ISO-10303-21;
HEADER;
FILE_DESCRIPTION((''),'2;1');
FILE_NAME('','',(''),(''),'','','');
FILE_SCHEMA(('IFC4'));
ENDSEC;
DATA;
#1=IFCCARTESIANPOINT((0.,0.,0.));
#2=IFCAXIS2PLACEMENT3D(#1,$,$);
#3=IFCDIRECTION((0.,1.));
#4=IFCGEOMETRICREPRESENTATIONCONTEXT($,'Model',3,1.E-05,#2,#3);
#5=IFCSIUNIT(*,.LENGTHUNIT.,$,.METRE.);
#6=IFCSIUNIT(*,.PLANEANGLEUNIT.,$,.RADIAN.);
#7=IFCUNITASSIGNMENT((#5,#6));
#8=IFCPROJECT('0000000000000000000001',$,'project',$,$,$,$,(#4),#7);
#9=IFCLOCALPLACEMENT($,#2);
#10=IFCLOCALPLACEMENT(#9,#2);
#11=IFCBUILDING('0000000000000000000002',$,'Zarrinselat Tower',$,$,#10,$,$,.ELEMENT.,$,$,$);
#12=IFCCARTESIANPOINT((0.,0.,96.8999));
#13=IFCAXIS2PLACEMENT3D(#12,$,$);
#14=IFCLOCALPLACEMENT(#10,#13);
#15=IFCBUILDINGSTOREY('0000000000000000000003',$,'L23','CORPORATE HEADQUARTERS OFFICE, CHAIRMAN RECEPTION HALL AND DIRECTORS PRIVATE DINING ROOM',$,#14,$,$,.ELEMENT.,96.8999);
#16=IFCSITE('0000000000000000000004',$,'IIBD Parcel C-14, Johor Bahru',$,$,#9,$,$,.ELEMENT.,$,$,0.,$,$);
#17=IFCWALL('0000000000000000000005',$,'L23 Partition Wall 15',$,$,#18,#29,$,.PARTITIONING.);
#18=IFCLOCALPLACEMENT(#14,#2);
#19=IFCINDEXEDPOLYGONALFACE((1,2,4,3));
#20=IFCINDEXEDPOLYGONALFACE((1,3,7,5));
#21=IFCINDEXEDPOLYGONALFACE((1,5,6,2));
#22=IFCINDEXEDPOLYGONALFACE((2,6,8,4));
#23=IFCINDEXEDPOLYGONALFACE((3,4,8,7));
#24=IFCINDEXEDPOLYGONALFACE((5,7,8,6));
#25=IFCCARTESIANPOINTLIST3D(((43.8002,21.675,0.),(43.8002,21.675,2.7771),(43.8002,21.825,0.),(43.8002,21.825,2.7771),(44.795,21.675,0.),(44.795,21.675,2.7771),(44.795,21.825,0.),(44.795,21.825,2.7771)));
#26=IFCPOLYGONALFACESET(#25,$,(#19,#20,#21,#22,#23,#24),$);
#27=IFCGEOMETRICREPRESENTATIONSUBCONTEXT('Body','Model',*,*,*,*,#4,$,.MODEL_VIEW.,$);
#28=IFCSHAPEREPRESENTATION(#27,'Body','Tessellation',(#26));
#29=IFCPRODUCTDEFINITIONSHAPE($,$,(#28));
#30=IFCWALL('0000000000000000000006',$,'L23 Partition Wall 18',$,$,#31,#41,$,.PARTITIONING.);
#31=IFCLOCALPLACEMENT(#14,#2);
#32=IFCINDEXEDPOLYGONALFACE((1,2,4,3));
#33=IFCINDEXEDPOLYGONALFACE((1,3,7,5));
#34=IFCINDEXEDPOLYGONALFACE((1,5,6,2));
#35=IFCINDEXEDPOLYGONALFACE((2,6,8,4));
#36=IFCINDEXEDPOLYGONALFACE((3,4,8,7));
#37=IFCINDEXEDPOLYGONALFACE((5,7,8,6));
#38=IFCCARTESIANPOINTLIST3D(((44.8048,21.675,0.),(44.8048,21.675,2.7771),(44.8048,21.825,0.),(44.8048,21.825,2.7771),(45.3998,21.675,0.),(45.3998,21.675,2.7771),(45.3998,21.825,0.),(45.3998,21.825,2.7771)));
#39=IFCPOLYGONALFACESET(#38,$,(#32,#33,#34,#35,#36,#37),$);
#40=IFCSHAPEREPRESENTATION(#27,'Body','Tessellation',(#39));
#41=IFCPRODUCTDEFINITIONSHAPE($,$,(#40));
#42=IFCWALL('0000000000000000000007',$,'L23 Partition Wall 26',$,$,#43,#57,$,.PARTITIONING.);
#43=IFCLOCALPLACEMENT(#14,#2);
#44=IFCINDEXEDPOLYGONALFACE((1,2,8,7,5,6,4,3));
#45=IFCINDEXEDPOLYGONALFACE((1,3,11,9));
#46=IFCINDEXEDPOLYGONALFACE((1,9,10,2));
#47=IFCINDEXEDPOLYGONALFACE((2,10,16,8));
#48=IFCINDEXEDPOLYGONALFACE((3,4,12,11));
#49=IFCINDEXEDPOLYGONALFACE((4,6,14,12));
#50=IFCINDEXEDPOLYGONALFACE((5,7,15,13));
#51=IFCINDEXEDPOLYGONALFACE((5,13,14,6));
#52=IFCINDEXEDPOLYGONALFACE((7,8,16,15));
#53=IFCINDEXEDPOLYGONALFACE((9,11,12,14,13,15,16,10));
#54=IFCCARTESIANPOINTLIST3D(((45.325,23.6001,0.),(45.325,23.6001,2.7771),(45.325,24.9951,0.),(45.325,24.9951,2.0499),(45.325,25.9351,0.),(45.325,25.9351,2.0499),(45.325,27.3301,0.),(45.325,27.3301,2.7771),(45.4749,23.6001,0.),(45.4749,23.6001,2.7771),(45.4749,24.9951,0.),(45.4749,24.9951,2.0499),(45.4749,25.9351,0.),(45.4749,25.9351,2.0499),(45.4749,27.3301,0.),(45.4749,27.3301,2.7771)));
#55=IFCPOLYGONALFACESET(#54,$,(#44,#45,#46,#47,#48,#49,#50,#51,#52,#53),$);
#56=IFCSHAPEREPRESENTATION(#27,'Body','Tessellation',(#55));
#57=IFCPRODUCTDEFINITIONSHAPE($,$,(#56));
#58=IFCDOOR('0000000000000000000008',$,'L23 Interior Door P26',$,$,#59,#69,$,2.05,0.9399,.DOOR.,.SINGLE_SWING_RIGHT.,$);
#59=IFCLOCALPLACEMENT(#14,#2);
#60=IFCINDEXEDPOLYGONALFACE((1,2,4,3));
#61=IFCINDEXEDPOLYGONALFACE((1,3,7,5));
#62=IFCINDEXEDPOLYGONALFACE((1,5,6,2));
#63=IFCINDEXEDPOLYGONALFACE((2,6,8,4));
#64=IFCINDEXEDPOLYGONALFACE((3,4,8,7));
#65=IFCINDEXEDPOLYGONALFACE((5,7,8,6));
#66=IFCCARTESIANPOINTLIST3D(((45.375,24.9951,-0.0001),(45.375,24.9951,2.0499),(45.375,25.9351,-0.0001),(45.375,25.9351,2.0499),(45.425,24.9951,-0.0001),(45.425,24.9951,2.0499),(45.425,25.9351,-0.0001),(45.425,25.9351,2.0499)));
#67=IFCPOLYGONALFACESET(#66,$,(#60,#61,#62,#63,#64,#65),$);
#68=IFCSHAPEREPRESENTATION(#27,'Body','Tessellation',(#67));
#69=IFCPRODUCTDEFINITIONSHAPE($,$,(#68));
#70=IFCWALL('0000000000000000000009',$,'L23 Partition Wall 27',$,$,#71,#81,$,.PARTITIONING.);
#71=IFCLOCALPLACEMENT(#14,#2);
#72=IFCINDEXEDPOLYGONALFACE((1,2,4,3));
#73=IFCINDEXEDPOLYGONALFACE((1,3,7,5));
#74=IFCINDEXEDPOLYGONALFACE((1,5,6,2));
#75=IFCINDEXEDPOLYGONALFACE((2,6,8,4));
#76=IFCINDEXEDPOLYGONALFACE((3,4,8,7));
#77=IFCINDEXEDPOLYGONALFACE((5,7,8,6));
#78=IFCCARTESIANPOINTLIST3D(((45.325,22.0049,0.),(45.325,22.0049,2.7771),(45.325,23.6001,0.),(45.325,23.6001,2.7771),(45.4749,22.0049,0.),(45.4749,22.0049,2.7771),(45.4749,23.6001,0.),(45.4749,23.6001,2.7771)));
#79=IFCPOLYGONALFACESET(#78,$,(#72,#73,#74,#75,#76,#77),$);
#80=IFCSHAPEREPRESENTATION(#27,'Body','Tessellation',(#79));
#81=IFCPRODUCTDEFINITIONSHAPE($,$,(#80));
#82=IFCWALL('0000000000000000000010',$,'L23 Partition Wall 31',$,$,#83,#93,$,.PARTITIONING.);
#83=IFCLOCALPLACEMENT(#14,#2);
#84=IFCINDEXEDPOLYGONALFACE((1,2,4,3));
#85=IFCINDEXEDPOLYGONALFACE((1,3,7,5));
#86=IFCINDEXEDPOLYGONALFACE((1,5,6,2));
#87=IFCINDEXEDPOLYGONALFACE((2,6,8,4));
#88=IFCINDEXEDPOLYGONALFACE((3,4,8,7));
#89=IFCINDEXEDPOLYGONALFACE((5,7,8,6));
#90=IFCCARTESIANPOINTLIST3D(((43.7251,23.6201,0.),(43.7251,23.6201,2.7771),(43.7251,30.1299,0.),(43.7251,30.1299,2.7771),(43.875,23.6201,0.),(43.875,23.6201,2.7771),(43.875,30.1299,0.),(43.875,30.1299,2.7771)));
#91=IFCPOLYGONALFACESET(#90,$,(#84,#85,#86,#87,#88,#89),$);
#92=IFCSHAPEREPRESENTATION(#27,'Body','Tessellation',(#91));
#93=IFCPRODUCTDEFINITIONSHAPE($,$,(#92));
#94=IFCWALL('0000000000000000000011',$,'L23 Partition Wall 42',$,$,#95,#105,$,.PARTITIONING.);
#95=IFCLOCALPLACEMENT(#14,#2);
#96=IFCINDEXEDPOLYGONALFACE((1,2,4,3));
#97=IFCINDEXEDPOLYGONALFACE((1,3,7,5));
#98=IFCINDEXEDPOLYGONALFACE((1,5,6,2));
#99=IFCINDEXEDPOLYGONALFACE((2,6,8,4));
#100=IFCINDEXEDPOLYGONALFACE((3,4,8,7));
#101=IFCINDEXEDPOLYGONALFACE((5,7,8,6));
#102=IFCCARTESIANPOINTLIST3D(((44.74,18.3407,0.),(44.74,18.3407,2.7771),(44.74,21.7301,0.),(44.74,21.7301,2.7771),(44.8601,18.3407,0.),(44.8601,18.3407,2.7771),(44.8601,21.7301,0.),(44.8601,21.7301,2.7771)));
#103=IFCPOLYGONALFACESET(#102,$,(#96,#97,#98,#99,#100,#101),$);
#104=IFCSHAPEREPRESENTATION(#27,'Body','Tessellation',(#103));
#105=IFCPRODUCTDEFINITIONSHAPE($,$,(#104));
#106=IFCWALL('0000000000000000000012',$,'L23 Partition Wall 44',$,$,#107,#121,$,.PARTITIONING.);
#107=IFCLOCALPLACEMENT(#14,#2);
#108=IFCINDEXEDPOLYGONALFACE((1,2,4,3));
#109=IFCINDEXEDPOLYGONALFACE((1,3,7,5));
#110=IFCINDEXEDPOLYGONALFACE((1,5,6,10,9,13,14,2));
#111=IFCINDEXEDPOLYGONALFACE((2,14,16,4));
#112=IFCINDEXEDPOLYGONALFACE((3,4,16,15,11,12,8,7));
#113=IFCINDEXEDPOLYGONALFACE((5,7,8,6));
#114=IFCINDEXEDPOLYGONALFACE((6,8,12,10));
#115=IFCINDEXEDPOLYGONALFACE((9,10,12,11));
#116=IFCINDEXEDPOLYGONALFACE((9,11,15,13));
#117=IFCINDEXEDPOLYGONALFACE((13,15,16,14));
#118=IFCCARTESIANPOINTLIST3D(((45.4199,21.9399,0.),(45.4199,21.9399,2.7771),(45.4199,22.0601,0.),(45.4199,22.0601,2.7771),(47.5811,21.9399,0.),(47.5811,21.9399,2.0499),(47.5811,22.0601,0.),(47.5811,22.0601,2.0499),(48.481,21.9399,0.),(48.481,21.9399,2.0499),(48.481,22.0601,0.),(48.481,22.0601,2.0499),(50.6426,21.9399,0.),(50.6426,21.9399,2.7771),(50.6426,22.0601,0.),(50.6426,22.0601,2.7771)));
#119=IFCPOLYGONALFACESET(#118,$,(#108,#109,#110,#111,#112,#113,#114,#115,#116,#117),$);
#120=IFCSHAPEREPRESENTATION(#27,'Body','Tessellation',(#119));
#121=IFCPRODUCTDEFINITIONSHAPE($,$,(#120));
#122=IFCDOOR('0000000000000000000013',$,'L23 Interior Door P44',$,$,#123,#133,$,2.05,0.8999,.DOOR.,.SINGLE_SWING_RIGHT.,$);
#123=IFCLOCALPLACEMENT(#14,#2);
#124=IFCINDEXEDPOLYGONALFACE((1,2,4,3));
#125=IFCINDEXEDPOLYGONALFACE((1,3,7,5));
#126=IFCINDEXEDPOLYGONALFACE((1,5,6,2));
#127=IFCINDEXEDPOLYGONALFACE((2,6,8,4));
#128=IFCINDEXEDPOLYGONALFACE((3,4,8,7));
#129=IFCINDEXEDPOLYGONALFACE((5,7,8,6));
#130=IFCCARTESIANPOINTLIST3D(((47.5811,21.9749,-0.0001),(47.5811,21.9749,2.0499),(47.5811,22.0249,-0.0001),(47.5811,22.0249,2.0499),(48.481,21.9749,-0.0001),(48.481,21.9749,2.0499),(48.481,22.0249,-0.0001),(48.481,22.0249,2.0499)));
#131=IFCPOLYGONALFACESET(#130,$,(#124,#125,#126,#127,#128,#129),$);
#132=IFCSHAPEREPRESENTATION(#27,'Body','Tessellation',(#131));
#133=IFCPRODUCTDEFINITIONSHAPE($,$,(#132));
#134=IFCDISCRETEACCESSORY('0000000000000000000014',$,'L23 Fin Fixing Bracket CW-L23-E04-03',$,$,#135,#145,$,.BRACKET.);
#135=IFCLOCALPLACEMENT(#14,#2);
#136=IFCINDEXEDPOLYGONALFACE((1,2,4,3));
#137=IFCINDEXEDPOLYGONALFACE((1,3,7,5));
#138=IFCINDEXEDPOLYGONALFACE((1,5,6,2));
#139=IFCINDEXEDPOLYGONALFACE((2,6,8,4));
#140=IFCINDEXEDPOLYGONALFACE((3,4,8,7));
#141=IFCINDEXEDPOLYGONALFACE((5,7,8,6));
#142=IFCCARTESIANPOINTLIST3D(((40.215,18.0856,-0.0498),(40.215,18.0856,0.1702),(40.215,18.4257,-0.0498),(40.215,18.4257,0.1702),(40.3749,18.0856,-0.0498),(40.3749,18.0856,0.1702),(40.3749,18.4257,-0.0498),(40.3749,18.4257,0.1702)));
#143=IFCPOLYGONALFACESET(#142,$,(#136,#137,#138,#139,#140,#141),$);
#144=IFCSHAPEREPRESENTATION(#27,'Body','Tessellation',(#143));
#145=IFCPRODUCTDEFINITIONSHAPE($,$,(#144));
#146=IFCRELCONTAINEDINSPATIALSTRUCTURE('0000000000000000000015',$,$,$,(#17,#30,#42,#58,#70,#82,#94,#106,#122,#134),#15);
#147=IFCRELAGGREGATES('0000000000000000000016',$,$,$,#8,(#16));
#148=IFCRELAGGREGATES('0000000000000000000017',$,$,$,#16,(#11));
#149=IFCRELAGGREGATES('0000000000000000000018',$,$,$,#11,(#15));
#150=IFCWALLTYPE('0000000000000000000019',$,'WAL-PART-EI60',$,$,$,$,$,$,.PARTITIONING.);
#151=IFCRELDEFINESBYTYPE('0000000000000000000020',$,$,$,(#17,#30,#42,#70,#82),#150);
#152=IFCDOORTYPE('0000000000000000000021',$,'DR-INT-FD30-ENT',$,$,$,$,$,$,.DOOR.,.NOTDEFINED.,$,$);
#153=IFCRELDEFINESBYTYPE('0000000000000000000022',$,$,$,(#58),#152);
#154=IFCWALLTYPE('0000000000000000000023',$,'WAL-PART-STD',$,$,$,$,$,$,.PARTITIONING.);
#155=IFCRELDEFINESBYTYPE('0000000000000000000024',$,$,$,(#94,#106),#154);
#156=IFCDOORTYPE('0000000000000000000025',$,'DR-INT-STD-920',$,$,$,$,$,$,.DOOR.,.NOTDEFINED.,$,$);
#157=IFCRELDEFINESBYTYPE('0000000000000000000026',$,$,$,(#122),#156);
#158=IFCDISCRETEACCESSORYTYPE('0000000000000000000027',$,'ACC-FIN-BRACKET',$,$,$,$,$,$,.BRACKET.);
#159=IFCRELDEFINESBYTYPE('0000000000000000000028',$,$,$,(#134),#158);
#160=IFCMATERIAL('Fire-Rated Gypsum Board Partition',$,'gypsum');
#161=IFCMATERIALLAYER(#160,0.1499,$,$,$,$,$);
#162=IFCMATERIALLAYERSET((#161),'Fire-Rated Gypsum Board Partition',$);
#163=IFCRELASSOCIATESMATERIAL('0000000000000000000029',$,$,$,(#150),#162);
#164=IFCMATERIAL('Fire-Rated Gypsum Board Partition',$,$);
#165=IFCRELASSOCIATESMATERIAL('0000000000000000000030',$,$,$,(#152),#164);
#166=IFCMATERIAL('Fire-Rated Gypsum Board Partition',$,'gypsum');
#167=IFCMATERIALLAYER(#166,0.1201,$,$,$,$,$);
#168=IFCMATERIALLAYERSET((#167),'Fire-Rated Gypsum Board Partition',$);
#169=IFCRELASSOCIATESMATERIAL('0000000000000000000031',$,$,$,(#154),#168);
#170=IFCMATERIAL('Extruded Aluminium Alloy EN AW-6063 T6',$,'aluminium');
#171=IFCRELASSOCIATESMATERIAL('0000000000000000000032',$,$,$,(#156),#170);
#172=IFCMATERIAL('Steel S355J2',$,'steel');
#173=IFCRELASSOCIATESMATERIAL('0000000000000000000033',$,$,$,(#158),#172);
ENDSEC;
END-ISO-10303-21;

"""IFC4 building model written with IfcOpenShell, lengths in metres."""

from ifc_helpers import new_model, si_unit, direction, frame, frame_2d, origin, origin_2d, place, context, subcontext, project, spatial, rectangle, extrude, material, layer, layer_set, type_object, element, fill, save


model = new_model("IFC4")

# Units and contexts
model_context = context("Model", 3, precision=1e-05, world=origin(), true_north=direction((0.0, 1.0)))
body_context = subcontext(model_context, "Body", "Model", "MODEL_VIEW")
ifc_project = project(units=[si_unit("LENGTHUNIT", "METRE"), si_unit("PLANEANGLEUNIT", "RADIAN")], contexts=[model_context])

# Site, building, storey
site_placement = place(None, origin())
site = spatial("IfcSite", under=ifc_project, at=site_placement, Name="IIBD Parcel C-14, Johor Bahru", CompositionType="ELEMENT", RefElevation=0.0)
building_placement = place(site_placement, origin())
building = spatial("IfcBuilding", under=site, at=building_placement, Name="Zarrinselat Tower", CompositionType="ELEMENT")
storey_placement = place(building_placement, frame((0.0, 0.0, 96.8999)))
storey = spatial("IfcBuildingStorey", under=building, at=storey_placement, Name="L23", Description="CORPORATE HEADQUARTERS OFFICE, CHAIRMAN RECEPTION HALL AND DIRECTORS PRIVATE DINING ROOM", CompositionType="ELEMENT", Elevation=96.8999)

# Walls
ifc_material_1 = material(Name="Fire-Rated Gypsum Board Partition", Category="gypsum")
ifc_layer_1 = layer(ifc_material_1, 0.1499)
ifc_layer_set_1 = layer_set([ifc_layer_1], Name="Fire-Rated Gypsum Board Partition")
wall_type_1 = type_object("IfcWallType", Name="WAL-PART-EI60", PredefinedType="PARTITIONING", material=ifc_layer_set_1)
wall_1_placement = place(storey_placement, frame((43.8, 21.75, 0.0), z_axis=(0.0, 0.0, 1.0), x_axis=(1.0, 0.0, 0.0)))
element("IfcWall", 1, at=wall_1_placement, inside=storey, type_object=wall_type_1, Name="L23 Partition Wall 15", PredefinedType="PARTITIONING", context=body_context, shape_type="SweptSolid", body=[
    extrude(rectangle(XDim=0.9949, YDim=0.1499, at=frame_2d((0.4976, 0.0))), origin(), (0.0, 0.0, 1.0), 2.7771),
])
wall_2_placement = place(storey_placement, frame((44.8049, 21.75, 0.0), z_axis=(0.0, 0.0, 1.0), x_axis=(1.0, 0.0, 0.0)))
element("IfcWall", 2, at=wall_2_placement, inside=storey, type_object=wall_type_1, Name="L23 Partition Wall 18", PredefinedType="PARTITIONING", context=body_context, shape_type="SweptSolid", body=[
    extrude(rectangle(XDim=0.595, YDim=0.1499, at=frame_2d((0.2974, 0.0))), origin(), (0.0, 0.0, 1.0), 2.7771),
])

# Wall, opening, door
wall_3_placement = place(storey_placement, frame((45.3999, 23.6001, 0.0), z_axis=(0.0, 0.0, 1.0), x_axis=(0.0, 1.0, 0.0)))
wall_3 = element("IfcWall", 3, at=wall_3_placement, inside=storey, type_object=wall_type_1, Name="L23 Partition Wall 26", PredefinedType="PARTITIONING", context=body_context, shape_type="SweptSolid", body=[
    extrude(rectangle(XDim=3.73, YDim=0.1499, at=frame_2d((1.865, 0.0))), origin(), (0.0, 0.0, 1.0), 2.7771),
])
opening_1_placement = place(wall_3_placement, frame((1.395, 0.0, 0.0)))
opening_1 = element("IfcOpeningElement", 4, at=opening_1_placement, cuts=wall_3, PredefinedType="OPENING", context=body_context, shape_type="SweptSolid", body=[
    extrude(rectangle(XDim=0.9399, YDim=2.05, at=frame_2d((0.47, 1.0249))), frame((0.0, 0.085, 0.0), z_axis=(0.0, -1.0, 0.0), x_axis=(1.0, 0.0, 0.0)), (0.0, 0.0, 1.0), 0.1699),
])
ifc_material_2 = material(Name="Fire-Rated Gypsum Board Partition")
door_type_1 = type_object("IfcDoorType", Name="DR-INT-FD30-ENT", OperationType="NOTDEFINED", PredefinedType="DOOR", material=ifc_material_2)
door_1_placement = place(opening_1_placement, origin())
door_1 = element("IfcDoor", 5, at=door_1_placement, inside=storey, type_object=door_type_1, Name="L23 Interior Door P26", OperationType="SINGLE_SWING_RIGHT", OverallHeight=2.05, OverallWidth=0.9399, PredefinedType="DOOR", context=body_context, shape_type="SweptSolid", body=[
    extrude(rectangle(XDim=0.9399, YDim=2.05, at=frame_2d((0.47, 1.0249))), frame((0.0, 0.0249, 0.0), z_axis=(0.0, -1.0, 0.0), x_axis=(1.0, 0.0, 0.0)), (0.0, 0.0, 1.0), 0.05),
])
fill(opening_1, door_1)

# Walls
wall_4_placement = place(storey_placement, frame((45.3999, 22.0049, 0.0), z_axis=(0.0, 0.0, 1.0), x_axis=(0.0, 1.0, 0.0)))
element("IfcWall", 6, at=wall_4_placement, inside=storey, type_object=wall_type_1, Name="L23 Partition Wall 27", PredefinedType="PARTITIONING", context=body_context, shape_type="SweptSolid", body=[
    extrude(rectangle(XDim=1.5952, YDim=0.1499, at=frame_2d((0.7976, 0.0))), origin(), (0.0, 0.0, 1.0), 2.7771),
])
wall_5_placement = place(storey_placement, frame((43.8, 23.6201, 0.0), z_axis=(0.0, 0.0, 1.0), x_axis=(0.0, 1.0, 0.0)))
element("IfcWall", 7, at=wall_5_placement, inside=storey, type_object=wall_type_1, Name="L23 Partition Wall 31", PredefinedType="PARTITIONING", context=body_context, shape_type="SweptSolid", body=[
    extrude(rectangle(XDim=6.5098, YDim=0.1499, at=frame_2d((3.2549, 0.0))), origin(), (0.0, 0.0, 1.0), 2.7771),
])
ifc_material_3 = material(Name="Fire-Rated Gypsum Board Partition", Category="gypsum")
ifc_layer_2 = layer(ifc_material_3, 0.1201)
ifc_layer_set_2 = layer_set([ifc_layer_2], Name="Fire-Rated Gypsum Board Partition")
wall_type_2 = type_object("IfcWallType", Name="WAL-PART-STD", PredefinedType="PARTITIONING", material=ifc_layer_set_2)
wall_6_placement = place(storey_placement, frame((44.8, 18.3406, 0.0), z_axis=(0.0, 0.0, 1.0), x_axis=(0.0, 1.0, 0.0)))
element("IfcWall", 8, at=wall_6_placement, inside=storey, type_object=wall_type_2, Name="L23 Partition Wall 42", PredefinedType="PARTITIONING", context=body_context, shape_type="SweptSolid", body=[
    extrude(rectangle(XDim=3.3894, YDim=0.1201, at=frame_2d((1.6948, 0.0))), origin(), (0.0, 0.0, 1.0), 2.7771),
])

# Wall, opening, door
wall_7_placement = place(storey_placement, frame((45.4199, 22.0, 0.0), z_axis=(0.0, 0.0, 1.0), x_axis=(1.0, 0.0, 0.0)))
wall_7 = element("IfcWall", 9, at=wall_7_placement, inside=storey, type_object=wall_type_2, Name="L23 Partition Wall 44", PredefinedType="PARTITIONING", context=body_context, shape_type="SweptSolid", body=[
    extrude(rectangle(XDim=5.2227, YDim=0.1201, at=frame_2d((2.6113, 0.0))), origin(), (0.0, 0.0, 1.0), 2.7771),
])
opening_2_placement = place(wall_7_placement, frame((2.1611, 0.0, 0.0)))
opening_2 = element("IfcOpeningElement", 10, at=opening_2_placement, cuts=wall_7, PredefinedType="OPENING", context=body_context, shape_type="SweptSolid", body=[
    extrude(rectangle(XDim=0.8999, YDim=2.05, at=frame_2d((0.45, 1.0249))), frame((0.0, 0.0701, 0.0), z_axis=(0.0, -1.0, 0.0), x_axis=(1.0, 0.0, 0.0)), (0.0, 0.0, 1.0), 0.1401),
])
ifc_material_4 = material(Name="Extruded Aluminium Alloy EN AW-6063 T6", Category="aluminium")
door_type_2 = type_object("IfcDoorType", Name="DR-INT-STD-920", OperationType="NOTDEFINED", PredefinedType="DOOR", material=ifc_material_4)
door_2_placement = place(opening_2_placement, origin())
door_2 = element("IfcDoor", 11, at=door_2_placement, inside=storey, type_object=door_type_2, Name="L23 Interior Door P44", OperationType="SINGLE_SWING_RIGHT", OverallHeight=2.05, OverallWidth=0.8999, PredefinedType="DOOR", context=body_context, shape_type="SweptSolid", body=[
    extrude(rectangle(XDim=0.8999, YDim=2.05, at=frame_2d((0.45, 1.0249))), frame((0.0, 0.0249, 0.0), z_axis=(0.0, -1.0, 0.0), x_axis=(1.0, 0.0, 0.0)), (0.0, 0.0, 1.0), 0.05),
])
fill(opening_2, door_2)

# Discrete accessory
ifc_material_5 = material(Name="Steel S355J2", Category="steel")
discrete_accessory_type = type_object("IfcDiscreteAccessoryType", Name="ACC-FIN-BRACKET", PredefinedType="BRACKET", material=ifc_material_5)
discrete_accessory_placement = place(storey_placement, frame((40.2949, 18.2556, -0.0498), z_axis=(0.0, 0.0, 1.0), x_axis=(0.0, -1.0, 0.0)))
element("IfcDiscreteAccessory", 12, at=discrete_accessory_placement, inside=storey, type_object=discrete_accessory_type, Name="L23 Fin Fixing Bracket CW-L23-E04-03", PredefinedType="BRACKET", context=body_context, shape_type="SweptSolid", body=[
    extrude(rectangle(XDim=0.3401, YDim=0.1599, at=origin_2d()), origin(), (0.0, 0.0, 1.0), 0.22),
])

save(model, "model.ifc")
